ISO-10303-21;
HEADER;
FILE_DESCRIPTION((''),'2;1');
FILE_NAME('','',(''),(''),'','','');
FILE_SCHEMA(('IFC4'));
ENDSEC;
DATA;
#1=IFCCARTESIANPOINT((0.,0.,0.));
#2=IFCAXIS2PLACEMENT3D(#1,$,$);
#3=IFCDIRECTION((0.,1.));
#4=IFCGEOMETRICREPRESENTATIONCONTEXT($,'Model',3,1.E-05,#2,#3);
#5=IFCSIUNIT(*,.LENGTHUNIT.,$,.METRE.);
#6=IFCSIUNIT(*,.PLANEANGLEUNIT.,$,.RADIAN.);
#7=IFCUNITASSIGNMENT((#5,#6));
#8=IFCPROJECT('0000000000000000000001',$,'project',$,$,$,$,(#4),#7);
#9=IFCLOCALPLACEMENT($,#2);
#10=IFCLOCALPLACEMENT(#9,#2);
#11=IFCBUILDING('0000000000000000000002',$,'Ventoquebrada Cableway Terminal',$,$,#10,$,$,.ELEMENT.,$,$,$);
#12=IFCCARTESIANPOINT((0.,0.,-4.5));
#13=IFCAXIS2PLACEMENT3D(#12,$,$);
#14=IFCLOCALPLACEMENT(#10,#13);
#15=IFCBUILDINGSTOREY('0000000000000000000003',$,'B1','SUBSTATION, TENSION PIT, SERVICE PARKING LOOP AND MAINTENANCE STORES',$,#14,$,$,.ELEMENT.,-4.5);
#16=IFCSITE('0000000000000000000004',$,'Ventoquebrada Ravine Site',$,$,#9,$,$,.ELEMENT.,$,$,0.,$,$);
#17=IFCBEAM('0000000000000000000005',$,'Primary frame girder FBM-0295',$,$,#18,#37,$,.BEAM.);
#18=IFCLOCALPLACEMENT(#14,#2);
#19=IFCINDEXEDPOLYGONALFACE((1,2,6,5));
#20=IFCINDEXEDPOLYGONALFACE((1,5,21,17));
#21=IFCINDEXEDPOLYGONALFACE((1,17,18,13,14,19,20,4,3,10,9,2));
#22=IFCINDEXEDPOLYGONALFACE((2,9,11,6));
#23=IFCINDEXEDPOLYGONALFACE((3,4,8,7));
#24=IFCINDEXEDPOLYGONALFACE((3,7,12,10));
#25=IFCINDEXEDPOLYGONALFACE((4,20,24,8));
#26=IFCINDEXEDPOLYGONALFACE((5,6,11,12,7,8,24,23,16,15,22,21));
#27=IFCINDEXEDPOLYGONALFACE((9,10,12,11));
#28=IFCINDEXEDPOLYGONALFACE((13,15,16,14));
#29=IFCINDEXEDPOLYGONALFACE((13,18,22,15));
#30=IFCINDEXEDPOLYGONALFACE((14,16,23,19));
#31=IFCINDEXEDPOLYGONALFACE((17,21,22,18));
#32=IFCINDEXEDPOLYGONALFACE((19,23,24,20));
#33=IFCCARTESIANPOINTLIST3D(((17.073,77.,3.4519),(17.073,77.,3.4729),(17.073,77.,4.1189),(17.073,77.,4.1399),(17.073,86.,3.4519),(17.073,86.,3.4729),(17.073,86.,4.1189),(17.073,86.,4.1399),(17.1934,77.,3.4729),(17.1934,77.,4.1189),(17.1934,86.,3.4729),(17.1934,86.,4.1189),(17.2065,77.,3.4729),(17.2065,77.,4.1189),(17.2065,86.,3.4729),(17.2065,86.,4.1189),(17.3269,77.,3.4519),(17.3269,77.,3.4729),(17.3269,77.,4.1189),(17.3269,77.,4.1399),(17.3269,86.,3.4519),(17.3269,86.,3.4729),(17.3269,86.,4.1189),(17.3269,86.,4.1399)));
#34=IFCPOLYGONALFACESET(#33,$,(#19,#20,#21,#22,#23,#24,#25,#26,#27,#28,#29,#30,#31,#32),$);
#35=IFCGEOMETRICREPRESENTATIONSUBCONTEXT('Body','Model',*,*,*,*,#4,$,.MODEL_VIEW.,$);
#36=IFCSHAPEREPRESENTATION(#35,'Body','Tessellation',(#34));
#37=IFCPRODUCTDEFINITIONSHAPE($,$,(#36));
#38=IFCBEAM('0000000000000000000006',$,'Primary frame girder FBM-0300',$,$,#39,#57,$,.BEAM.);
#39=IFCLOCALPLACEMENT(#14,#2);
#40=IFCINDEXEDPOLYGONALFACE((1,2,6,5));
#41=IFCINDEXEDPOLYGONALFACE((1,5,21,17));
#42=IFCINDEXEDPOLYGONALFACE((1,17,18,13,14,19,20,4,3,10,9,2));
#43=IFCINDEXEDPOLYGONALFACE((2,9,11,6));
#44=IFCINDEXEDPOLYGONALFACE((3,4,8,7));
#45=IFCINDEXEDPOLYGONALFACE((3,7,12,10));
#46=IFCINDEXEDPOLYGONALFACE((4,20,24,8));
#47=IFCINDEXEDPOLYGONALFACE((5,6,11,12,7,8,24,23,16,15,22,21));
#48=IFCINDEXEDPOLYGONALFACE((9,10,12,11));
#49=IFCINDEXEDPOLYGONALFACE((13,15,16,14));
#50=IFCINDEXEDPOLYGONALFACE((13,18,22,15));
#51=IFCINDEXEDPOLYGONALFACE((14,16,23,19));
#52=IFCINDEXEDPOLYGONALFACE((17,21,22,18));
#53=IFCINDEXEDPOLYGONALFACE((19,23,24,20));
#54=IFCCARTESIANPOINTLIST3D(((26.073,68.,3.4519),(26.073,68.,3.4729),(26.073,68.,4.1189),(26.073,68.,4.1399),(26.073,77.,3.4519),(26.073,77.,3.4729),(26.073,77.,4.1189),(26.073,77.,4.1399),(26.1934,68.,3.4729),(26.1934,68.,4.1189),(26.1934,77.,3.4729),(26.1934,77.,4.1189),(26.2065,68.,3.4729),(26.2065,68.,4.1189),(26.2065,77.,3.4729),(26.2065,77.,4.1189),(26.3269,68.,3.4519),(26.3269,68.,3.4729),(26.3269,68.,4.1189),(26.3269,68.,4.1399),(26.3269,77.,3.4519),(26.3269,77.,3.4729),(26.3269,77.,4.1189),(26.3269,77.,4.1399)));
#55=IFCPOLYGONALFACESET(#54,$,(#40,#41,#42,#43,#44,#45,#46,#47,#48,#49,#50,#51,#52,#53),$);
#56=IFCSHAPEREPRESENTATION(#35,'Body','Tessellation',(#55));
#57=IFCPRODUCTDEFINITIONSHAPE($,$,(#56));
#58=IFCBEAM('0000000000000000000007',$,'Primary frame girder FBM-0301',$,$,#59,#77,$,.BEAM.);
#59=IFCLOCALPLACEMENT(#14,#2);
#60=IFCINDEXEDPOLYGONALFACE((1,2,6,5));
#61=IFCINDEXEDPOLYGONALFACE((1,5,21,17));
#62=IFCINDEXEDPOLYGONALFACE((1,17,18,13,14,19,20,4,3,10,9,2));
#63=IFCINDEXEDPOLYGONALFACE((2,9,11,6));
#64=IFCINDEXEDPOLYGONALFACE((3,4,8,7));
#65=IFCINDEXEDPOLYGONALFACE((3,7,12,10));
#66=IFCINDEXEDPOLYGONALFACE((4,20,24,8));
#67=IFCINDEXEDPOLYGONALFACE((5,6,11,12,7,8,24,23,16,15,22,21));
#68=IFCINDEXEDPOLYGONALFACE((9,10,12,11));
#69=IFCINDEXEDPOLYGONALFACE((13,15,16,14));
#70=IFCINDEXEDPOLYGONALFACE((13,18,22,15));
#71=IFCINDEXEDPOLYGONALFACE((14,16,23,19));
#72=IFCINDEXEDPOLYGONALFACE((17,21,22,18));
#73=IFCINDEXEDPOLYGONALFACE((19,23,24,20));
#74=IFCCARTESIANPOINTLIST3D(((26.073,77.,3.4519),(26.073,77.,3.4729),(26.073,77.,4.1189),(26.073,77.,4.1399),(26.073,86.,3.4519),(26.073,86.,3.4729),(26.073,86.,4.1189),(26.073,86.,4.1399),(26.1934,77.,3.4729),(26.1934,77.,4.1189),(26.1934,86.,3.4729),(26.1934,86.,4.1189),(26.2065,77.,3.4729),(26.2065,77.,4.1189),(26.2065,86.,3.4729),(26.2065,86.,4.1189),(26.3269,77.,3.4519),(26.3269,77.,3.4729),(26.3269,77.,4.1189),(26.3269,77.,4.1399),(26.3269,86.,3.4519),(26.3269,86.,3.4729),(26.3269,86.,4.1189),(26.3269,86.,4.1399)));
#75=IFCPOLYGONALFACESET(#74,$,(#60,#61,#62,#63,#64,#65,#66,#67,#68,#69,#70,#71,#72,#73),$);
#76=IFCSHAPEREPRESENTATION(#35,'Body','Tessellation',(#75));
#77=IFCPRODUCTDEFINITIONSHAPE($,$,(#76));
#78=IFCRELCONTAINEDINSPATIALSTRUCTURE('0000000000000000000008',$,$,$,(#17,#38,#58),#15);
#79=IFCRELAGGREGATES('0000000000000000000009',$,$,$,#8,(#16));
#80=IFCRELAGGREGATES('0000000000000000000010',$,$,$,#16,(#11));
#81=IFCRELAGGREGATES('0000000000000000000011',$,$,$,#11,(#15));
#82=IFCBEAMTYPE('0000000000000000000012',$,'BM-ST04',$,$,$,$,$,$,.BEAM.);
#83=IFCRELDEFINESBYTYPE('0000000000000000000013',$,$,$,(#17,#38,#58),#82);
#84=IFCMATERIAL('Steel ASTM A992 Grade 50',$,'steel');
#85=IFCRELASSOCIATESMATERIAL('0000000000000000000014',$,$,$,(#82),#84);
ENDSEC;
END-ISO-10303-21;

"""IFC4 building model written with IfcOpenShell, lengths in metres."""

from ifc_helpers import new_model, si_unit, direction, frame, origin, origin_2d, place, context, subcontext, project, spatial, i_section, extrude, material, material_profile, profile_set, type_object, element, save


model = new_model("IFC4")

# Units and contexts
model_context = context("Model", 3, precision=1e-05, world=origin(), true_north=direction((0.0, 1.0)))
body_context = subcontext(model_context, "Body", "Model", "MODEL_VIEW")
ifc_project = project(units=[si_unit("LENGTHUNIT", "METRE"), si_unit("PLANEANGLEUNIT", "RADIAN")], contexts=[model_context])

# Site, building, storey
site_placement = place(None, origin())
site = spatial("IfcSite", under=ifc_project, at=site_placement, Name="Ventoquebrada Ravine Site", CompositionType="ELEMENT", RefElevation=0.0)
building_placement = place(site_placement, origin())
building = spatial("IfcBuilding", under=site, at=building_placement, Name="Ventoquebrada Cableway Terminal", CompositionType="ELEMENT")
storey_placement = place(building_placement, frame((0.0, 0.0, -4.5)))
storey = spatial("IfcBuildingStorey", under=building, at=storey_placement, Name="B1", Description="SUBSTATION, TENSION PIT, SERVICE PARKING LOOP AND MAINTENANCE STORES", CompositionType="ELEMENT", Elevation=-4.5)

# Beams
ifc_material_1 = material(Name="Steel ASTM A992 Grade 50", Category="steel")
ifc_material_profile_1 = material_profile(ifc_material_1, i_section(OverallWidth=0.2539, OverallDepth=0.688, WebThickness=0.0132, FlangeThickness=0.021, at=origin_2d()), Name="W27X102")
ifc_profile_set_1 = profile_set([ifc_material_profile_1], Name="Steel ASTM A992 Grade 50")
beam_type = type_object("IfcBeamType", Name="BM-ST04", PredefinedType="BEAM", material=ifc_profile_set_1)
for number, where, z_axis, x_axis, name in (
    (1, (17.2, 77.0, 3.7959), (0.0, 1.0, 0.0), (-1.0, 0.0, 0.0), "Primary frame girder FBM-0295"),
    (2, (26.2, 68.0, 3.7959), (0.0, 1.0, 0.0), (-1.0, 0.0, 0.0), "Primary frame girder FBM-0300"),
    (3, (26.2, 77.0, 3.7959), (0.0, 1.0, 0.0), (-1.0, 0.0, 0.0), "Primary frame girder FBM-0301"),
):
    element("IfcBeam", number, at=place(storey_placement, frame(where, z_axis=z_axis, x_axis=x_axis)), inside=storey, type_object=beam_type, Name=name, PredefinedType="BEAM", context=body_context, shape_type="SweptSolid", body=[
        extrude(i_section(OverallWidth=0.2539, OverallDepth=0.688, WebThickness=0.0132, FlangeThickness=0.021, at=origin_2d()), origin(), (0.0, 0.0, 1.0), 9.0),
    ])

save(model, "model.ifc")
